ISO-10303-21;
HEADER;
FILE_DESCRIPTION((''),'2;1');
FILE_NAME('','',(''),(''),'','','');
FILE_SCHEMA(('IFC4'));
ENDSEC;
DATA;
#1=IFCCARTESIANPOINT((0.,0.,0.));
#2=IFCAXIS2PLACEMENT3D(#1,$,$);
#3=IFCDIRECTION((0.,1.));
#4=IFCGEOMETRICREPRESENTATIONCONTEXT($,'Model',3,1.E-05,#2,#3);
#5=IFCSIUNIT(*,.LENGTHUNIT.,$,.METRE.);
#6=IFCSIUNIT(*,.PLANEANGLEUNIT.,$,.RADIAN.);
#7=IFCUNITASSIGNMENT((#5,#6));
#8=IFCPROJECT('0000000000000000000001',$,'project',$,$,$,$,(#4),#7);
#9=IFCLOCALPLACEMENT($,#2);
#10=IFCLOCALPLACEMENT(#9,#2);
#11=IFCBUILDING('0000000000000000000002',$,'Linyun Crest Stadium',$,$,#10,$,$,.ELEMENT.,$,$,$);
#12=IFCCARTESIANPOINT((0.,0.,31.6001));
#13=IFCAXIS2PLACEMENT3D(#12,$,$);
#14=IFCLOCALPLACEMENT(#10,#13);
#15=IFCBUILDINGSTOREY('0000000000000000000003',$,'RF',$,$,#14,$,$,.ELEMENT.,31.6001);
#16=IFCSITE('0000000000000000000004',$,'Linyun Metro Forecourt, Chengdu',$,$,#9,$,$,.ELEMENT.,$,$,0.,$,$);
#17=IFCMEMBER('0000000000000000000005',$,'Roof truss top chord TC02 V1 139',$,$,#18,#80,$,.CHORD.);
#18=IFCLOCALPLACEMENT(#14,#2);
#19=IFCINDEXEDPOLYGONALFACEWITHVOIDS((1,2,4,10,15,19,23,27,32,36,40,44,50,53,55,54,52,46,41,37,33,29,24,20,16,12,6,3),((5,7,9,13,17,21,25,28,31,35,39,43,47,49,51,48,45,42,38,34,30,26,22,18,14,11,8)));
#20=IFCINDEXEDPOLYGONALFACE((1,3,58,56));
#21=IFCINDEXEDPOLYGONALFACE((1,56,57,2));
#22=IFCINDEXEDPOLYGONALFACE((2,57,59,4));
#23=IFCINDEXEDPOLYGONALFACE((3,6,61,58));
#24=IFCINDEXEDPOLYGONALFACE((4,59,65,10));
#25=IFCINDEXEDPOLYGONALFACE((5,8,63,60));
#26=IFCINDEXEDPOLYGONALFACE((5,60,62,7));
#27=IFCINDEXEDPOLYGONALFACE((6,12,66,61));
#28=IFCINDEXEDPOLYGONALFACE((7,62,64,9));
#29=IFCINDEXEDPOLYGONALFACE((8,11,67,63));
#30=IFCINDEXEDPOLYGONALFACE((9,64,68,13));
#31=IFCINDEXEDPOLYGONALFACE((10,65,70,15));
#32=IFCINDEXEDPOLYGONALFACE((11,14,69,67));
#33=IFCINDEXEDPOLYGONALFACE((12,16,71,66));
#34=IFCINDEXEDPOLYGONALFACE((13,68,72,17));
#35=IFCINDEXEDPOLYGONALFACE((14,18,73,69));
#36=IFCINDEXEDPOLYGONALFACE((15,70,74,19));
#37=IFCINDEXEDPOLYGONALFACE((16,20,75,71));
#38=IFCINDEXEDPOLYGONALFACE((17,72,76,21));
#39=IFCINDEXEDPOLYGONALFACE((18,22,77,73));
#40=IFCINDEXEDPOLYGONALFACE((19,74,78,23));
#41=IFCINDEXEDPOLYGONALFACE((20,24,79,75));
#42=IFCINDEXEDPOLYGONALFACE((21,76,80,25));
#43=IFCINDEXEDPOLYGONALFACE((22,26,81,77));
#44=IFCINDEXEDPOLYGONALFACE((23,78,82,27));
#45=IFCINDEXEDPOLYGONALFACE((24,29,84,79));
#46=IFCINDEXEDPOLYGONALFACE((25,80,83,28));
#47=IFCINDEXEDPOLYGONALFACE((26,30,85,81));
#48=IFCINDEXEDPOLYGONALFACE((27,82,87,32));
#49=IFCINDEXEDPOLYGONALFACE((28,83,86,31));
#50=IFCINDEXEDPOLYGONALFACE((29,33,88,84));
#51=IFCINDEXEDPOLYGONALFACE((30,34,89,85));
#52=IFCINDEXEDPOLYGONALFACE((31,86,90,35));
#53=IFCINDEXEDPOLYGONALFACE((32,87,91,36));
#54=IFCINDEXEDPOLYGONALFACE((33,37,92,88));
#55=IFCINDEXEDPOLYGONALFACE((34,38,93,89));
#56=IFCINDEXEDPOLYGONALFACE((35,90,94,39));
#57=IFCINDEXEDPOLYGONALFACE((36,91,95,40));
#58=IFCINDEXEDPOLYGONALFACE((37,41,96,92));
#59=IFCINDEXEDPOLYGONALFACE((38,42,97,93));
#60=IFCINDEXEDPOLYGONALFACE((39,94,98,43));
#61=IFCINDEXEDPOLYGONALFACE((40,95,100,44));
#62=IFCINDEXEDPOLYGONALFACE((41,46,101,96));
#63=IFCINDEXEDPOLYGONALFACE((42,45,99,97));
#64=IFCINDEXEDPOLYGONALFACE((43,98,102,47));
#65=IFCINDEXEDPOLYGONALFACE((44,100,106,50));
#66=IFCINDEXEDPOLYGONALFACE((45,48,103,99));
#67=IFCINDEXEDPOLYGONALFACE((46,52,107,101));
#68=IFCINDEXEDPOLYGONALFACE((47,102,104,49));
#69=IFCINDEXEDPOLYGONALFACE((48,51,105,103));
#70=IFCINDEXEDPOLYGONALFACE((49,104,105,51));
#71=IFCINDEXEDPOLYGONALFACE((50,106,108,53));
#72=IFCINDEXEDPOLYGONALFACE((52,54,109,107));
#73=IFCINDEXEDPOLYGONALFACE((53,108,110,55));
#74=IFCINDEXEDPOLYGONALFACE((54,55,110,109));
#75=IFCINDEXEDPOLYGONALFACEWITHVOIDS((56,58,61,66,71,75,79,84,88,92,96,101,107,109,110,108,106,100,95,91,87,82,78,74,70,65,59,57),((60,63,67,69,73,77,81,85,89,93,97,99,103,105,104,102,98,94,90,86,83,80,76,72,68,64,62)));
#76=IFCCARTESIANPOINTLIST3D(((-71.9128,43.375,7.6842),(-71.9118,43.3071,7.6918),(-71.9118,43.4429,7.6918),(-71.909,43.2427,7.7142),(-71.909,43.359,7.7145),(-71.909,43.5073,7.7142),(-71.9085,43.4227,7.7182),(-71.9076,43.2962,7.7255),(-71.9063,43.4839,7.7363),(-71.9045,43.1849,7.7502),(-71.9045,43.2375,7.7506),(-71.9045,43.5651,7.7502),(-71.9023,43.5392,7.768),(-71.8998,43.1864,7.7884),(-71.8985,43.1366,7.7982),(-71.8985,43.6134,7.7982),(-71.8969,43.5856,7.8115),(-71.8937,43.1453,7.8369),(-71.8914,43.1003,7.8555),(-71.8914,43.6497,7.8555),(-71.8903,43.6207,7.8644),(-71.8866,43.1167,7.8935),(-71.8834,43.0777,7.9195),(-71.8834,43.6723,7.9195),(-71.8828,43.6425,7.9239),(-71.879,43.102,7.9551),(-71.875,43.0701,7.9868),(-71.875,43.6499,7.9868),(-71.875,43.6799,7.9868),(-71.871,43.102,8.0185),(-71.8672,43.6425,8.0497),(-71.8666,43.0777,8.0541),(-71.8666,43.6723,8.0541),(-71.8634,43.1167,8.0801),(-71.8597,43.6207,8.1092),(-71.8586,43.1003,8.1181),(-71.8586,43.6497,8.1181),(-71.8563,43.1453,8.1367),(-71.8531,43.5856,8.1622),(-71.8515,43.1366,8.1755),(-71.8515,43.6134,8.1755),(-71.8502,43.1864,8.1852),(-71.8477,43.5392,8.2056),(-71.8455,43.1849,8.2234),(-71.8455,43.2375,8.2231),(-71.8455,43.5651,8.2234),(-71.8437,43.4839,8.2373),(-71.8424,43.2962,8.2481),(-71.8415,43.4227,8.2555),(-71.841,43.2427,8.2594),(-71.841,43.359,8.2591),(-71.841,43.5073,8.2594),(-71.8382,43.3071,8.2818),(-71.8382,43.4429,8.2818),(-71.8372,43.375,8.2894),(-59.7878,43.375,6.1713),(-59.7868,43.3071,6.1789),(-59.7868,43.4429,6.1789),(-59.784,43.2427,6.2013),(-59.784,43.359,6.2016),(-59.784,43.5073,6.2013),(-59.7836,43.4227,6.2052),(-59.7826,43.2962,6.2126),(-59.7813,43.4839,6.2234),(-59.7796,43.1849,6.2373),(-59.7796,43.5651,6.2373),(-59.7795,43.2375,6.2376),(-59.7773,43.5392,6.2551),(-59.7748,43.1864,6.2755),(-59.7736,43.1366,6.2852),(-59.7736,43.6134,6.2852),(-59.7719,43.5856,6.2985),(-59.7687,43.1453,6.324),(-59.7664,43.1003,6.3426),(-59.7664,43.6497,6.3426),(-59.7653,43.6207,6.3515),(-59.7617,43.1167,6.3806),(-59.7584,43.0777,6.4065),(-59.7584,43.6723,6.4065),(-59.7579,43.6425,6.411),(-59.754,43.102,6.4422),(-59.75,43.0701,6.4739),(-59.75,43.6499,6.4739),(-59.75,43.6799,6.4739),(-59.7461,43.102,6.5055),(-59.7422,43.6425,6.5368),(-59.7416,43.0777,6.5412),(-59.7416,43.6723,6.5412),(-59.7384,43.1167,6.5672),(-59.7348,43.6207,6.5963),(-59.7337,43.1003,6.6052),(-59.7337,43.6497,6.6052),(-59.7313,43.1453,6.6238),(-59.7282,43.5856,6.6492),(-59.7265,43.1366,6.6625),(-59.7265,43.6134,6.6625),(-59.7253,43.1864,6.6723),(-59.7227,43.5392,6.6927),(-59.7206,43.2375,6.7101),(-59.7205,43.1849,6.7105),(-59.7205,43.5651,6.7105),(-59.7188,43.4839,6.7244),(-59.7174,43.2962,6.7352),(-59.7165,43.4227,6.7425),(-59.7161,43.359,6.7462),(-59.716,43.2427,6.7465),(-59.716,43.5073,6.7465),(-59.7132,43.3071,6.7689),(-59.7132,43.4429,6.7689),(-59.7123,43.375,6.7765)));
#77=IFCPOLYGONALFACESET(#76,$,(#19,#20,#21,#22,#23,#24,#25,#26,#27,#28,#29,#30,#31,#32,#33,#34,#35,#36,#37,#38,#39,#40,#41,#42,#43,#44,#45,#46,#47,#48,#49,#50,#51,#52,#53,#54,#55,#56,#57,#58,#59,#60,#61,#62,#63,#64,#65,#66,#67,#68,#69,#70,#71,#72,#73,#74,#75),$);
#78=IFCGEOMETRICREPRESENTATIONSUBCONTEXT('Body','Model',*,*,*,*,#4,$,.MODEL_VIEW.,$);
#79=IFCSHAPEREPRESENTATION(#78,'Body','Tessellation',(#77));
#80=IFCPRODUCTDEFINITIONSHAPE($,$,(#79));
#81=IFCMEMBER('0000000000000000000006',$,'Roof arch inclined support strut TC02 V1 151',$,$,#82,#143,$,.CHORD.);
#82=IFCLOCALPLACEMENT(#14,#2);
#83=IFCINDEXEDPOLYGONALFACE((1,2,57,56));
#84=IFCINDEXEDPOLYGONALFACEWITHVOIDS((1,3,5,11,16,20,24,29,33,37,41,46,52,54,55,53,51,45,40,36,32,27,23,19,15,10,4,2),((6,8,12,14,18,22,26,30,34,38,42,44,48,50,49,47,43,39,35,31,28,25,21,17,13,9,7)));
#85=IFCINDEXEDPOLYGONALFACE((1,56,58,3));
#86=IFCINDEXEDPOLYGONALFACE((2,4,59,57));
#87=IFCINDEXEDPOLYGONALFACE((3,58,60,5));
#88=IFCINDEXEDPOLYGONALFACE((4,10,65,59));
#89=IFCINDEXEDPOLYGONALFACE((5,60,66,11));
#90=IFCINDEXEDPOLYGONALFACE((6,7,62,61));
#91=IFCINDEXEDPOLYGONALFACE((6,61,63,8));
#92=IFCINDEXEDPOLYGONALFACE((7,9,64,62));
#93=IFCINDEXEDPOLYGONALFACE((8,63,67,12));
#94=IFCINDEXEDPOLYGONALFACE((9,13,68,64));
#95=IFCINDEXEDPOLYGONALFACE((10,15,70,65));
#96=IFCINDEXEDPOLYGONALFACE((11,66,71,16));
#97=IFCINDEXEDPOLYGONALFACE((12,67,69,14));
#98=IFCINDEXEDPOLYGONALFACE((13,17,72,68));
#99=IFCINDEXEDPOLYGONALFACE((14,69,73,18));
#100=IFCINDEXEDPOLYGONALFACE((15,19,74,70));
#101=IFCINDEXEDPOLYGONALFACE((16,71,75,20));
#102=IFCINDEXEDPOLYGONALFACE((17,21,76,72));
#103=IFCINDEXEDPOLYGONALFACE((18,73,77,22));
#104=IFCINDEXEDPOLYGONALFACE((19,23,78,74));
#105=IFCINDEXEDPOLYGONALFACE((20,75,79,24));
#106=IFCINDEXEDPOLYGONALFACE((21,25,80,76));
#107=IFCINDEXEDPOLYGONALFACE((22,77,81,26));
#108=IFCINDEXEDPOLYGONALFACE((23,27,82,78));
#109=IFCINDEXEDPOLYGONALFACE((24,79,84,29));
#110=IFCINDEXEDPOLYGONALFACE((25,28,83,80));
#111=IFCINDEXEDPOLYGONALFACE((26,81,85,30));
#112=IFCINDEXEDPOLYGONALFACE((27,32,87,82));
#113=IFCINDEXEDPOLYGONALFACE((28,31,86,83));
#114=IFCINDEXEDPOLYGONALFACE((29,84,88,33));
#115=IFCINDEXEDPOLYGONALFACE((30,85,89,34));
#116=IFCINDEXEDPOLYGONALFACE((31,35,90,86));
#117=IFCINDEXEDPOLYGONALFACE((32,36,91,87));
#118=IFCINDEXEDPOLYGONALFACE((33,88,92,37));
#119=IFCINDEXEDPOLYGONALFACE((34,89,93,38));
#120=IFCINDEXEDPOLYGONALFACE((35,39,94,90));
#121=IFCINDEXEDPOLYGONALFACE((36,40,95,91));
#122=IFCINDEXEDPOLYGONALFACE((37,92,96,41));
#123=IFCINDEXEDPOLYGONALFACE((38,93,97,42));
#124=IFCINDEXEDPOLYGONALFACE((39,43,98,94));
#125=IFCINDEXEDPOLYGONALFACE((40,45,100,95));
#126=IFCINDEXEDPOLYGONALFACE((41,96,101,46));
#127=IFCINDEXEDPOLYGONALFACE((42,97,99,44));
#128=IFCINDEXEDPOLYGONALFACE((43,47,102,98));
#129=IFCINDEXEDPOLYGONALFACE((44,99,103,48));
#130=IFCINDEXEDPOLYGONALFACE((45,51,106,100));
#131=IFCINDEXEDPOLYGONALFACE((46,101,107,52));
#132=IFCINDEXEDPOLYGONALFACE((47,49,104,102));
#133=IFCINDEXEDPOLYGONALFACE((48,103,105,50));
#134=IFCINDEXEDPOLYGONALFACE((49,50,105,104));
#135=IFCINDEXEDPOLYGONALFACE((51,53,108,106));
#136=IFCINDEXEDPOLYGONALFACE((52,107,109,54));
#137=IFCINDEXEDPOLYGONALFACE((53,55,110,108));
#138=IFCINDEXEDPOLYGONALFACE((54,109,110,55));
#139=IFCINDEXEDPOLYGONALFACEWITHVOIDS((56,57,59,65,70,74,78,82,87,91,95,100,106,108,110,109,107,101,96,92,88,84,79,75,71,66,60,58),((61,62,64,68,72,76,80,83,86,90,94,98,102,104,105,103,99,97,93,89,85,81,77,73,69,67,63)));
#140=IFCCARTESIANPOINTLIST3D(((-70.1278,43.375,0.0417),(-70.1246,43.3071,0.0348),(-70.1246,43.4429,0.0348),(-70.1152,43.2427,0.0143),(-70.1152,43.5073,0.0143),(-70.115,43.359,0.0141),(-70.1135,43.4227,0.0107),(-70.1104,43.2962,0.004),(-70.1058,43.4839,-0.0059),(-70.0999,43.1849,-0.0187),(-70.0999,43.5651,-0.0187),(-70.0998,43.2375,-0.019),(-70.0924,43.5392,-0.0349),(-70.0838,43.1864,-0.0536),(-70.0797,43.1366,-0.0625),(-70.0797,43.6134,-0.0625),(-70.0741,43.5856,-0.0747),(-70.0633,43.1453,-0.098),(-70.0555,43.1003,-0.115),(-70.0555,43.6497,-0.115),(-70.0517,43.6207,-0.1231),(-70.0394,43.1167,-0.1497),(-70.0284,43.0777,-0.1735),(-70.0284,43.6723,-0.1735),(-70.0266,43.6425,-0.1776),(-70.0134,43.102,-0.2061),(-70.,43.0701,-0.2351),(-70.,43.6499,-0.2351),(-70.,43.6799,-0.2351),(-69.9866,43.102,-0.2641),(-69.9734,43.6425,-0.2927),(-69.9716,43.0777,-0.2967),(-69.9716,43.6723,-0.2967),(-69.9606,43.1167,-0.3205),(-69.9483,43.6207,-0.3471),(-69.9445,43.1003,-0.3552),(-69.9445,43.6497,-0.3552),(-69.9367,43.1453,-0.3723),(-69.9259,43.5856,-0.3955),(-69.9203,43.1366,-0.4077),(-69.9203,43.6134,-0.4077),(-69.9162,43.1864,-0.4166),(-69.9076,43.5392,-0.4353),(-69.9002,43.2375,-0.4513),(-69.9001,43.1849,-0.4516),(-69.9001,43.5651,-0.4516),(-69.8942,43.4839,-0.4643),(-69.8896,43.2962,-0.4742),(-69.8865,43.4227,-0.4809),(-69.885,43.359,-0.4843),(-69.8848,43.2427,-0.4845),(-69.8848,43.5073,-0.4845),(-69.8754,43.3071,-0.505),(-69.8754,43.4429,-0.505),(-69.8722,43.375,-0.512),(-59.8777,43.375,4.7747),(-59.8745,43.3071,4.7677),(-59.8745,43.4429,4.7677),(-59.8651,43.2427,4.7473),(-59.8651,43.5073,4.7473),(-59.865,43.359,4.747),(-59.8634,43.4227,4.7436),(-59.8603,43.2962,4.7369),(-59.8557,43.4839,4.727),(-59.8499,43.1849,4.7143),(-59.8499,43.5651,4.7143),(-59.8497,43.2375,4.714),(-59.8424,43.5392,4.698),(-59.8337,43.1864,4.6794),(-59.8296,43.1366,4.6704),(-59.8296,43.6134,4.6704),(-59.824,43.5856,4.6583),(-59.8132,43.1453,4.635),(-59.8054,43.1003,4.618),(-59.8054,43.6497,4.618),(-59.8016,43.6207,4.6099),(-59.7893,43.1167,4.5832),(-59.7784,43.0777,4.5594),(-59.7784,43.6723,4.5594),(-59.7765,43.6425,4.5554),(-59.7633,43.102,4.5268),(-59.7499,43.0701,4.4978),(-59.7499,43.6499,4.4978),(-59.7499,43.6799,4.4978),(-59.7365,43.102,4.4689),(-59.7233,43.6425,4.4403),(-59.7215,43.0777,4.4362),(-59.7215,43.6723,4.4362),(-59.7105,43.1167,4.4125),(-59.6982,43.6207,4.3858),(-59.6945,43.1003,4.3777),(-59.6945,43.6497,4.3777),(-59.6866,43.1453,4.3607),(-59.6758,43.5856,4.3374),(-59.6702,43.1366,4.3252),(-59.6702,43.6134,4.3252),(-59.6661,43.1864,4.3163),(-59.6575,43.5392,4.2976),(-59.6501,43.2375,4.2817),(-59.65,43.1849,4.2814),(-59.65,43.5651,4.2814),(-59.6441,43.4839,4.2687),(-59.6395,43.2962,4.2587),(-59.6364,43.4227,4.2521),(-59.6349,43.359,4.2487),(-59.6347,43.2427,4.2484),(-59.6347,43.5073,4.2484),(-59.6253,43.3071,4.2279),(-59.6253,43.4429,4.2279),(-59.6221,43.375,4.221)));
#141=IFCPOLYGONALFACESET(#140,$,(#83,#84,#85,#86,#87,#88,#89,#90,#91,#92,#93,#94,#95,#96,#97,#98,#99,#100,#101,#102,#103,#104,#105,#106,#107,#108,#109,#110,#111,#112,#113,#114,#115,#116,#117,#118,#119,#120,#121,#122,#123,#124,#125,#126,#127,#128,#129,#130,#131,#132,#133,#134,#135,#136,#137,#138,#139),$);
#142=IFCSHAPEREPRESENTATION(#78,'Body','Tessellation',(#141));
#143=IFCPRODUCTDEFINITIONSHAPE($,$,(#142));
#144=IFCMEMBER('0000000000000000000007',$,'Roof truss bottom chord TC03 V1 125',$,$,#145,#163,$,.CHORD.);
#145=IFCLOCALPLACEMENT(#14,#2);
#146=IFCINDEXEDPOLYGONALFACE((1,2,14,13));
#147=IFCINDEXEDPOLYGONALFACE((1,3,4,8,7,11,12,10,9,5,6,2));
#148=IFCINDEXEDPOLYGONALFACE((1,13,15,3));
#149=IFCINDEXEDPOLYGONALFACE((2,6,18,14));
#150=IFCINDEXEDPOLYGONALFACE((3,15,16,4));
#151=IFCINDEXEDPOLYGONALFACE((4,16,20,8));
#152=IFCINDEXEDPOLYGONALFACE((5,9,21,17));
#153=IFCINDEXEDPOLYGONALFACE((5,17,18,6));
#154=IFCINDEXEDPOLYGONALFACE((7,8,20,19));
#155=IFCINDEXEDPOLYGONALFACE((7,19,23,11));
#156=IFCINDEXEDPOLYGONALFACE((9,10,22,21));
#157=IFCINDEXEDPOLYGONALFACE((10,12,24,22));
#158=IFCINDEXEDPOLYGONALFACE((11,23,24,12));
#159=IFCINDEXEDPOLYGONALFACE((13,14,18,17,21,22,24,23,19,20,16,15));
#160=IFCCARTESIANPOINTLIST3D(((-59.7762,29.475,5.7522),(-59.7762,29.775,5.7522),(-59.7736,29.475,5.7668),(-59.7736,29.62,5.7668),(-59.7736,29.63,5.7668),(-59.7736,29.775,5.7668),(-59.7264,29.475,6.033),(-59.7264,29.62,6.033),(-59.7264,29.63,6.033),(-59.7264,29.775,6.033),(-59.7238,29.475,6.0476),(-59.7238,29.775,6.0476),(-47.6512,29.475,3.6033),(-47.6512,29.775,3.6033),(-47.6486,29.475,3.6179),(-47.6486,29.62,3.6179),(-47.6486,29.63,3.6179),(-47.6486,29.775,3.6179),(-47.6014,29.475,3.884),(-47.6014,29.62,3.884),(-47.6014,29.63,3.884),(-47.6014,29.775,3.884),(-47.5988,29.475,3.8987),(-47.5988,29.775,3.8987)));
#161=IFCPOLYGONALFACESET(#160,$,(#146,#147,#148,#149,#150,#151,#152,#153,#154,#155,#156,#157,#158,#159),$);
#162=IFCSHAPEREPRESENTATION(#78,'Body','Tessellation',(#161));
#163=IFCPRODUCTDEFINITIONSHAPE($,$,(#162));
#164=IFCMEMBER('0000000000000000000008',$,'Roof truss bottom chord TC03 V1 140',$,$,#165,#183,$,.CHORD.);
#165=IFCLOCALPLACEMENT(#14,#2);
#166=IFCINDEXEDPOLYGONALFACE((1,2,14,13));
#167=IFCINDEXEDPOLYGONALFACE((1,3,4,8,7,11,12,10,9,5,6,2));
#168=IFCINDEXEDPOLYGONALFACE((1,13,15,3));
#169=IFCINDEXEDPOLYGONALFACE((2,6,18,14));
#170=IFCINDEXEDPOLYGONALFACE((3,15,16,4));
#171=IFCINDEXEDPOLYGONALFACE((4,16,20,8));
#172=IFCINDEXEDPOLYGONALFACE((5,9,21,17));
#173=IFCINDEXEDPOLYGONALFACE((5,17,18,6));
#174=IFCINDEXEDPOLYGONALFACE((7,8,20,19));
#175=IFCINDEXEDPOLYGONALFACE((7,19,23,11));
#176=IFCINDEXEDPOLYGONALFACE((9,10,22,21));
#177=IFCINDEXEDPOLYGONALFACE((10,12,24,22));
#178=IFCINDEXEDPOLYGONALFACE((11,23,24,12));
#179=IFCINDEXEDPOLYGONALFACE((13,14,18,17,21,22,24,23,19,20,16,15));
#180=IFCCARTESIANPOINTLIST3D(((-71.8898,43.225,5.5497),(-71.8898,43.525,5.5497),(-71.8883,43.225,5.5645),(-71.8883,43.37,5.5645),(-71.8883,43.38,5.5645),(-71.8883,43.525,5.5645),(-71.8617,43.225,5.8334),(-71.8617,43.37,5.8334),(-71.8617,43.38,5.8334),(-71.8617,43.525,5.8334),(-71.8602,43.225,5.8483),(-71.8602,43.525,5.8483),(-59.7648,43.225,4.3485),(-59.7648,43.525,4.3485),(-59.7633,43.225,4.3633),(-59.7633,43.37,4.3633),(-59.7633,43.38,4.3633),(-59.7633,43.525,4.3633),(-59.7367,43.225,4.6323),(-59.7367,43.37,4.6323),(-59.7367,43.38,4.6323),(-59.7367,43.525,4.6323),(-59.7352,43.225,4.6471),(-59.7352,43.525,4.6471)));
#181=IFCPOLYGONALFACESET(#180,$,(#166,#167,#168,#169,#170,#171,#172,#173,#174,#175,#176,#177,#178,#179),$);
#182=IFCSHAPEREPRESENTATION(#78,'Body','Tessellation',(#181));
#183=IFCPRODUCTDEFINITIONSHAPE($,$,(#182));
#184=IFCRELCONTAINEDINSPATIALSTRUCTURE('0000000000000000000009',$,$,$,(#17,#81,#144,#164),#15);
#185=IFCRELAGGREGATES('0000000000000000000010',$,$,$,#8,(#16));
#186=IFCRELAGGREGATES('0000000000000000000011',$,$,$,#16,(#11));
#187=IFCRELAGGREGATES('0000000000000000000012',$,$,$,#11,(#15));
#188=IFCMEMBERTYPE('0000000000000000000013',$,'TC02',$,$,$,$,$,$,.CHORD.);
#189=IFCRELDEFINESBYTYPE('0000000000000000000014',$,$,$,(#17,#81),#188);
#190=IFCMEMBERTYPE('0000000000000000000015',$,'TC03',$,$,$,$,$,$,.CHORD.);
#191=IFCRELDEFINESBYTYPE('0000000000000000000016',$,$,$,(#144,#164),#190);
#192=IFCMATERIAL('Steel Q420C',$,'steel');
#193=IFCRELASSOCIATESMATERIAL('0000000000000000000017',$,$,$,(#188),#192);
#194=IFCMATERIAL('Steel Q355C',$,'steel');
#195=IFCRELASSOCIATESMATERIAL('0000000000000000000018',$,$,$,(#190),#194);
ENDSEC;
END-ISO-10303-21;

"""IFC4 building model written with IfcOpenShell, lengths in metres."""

from ifc_helpers import new_model, si_unit, direction, frame, origin, origin_2d, place, context, subcontext, project, spatial, hollow_circle, i_section, extrude, material, material_profile, profile_set, type_object, element, save


model = new_model("IFC4")

# Units and contexts
model_context = context("Model", 3, precision=1e-05, world=origin(), true_north=direction((0.0, 1.0)))
body_context = subcontext(model_context, "Body", "Model", "MODEL_VIEW")
ifc_project = project(units=[si_unit("LENGTHUNIT", "METRE"), si_unit("PLANEANGLEUNIT", "RADIAN")], contexts=[model_context])

# Site, building, storey
site_placement = place(None, origin())
site = spatial("IfcSite", under=ifc_project, at=site_placement, Name="Linyun Metro Forecourt, Chengdu", CompositionType="ELEMENT", RefElevation=0.0)
building_placement = place(site_placement, origin())
building = spatial("IfcBuilding", under=site, at=building_placement, Name="Linyun Crest Stadium", CompositionType="ELEMENT")
storey_placement = place(building_placement, frame((0.0, 0.0, 31.6001)))
storey = spatial("IfcBuildingStorey", under=building, at=storey_placement, Name="RF", CompositionType="ELEMENT", Elevation=31.6001)

# Members
ifc_material_1 = material(Name="Steel Q420C", Category="steel")
ifc_material_profile_1 = material_profile(ifc_material_1, hollow_circle(Radius=0.3049, WallThickness=0.03, at=origin_2d()), Name="CHS 610x30")
ifc_profile_set_1 = profile_set([ifc_material_profile_1], Name="Steel Q420C")
member_type_1 = type_object("IfcMemberType", Name="TC02", PredefinedType="CHORD", material=ifc_profile_set_1)
member_1_placement = place(storey_placement, frame((-71.875, 43.375, 7.9868), z_axis=(0.992305, 0.0, -0.123818), x_axis=(0.0, 1.0, 0.0)))
element("IfcMember", 1, at=member_1_placement, inside=storey, type_object=member_type_1, Name="Roof truss top chord TC02 V1 139", PredefinedType="CHORD", context=body_context, shape_type="SweptSolid", body=[
    extrude(hollow_circle(Radius=0.3049, WallThickness=0.03, at=origin_2d()), origin(), (0.0, 0.0, 1.0), 12.219),
])
member_2_placement = place(storey_placement, frame((-70.0, 43.375, -0.2351), z_axis=(0.907887, 0.0, 0.419215), x_axis=(0.0, 1.0, 0.0)))
element("IfcMember", 2, at=member_2_placement, inside=storey, type_object=member_type_1, Name="Roof arch inclined support strut TC02 V1 151", PredefinedType="CHORD", context=body_context, shape_type="SweptSolid", body=[
    extrude(hollow_circle(Radius=0.3049, WallThickness=0.03, at=origin_2d()), origin(), (0.0, 0.0, 1.0), 11.29),
])
ifc_material_2 = material(Name="Steel Q355C", Category="steel")
ifc_material_profile_2 = material_profile(ifc_material_2, i_section(OverallWidth=0.3, OverallDepth=0.3, WebThickness=0.01, FlangeThickness=0.0149, at=origin_2d()), Name="HW 300x300")
ifc_profile_set_2 = profile_set([ifc_material_profile_2], Name="Steel Q355C")
member_type_2 = type_object("IfcMemberType", Name="TC03", PredefinedType="CHORD", material=ifc_profile_set_2)
member_3_placement = place(storey_placement, frame((-59.75, 29.625, 5.8999), z_axis=(0.984655, 0.0, -0.174511), x_axis=(0.0, 1.0, 0.0)))
element("IfcMember", 3, at=member_3_placement, inside=storey, type_object=member_type_2, Name="Roof truss bottom chord TC03 V1 125", PredefinedType="CHORD", context=body_context, shape_type="SweptSolid", body=[
    extrude(i_section(OverallWidth=0.3, OverallDepth=0.3, WebThickness=0.01, FlangeThickness=0.0149, at=origin_2d()), origin(), (0.0, 0.0, 1.0), 12.314),
])
member_4_placement = place(storey_placement, frame((-71.875, 43.375, 5.699), z_axis=(0.995129, 0.0, -0.098583), x_axis=(0.0, 1.0, 0.0)))
element("IfcMember", 4, at=member_4_placement, inside=storey, type_object=member_type_2, Name="Roof truss bottom chord TC03 V1 140", PredefinedType="CHORD", context=body_context, shape_type="SweptSolid", body=[
    extrude(i_section(OverallWidth=0.3, OverallDepth=0.3, WebThickness=0.01, FlangeThickness=0.0149, at=origin_2d()), origin(), (0.0, 0.0, 1.0), 12.1843),
])

save(model, "model.ifc")
